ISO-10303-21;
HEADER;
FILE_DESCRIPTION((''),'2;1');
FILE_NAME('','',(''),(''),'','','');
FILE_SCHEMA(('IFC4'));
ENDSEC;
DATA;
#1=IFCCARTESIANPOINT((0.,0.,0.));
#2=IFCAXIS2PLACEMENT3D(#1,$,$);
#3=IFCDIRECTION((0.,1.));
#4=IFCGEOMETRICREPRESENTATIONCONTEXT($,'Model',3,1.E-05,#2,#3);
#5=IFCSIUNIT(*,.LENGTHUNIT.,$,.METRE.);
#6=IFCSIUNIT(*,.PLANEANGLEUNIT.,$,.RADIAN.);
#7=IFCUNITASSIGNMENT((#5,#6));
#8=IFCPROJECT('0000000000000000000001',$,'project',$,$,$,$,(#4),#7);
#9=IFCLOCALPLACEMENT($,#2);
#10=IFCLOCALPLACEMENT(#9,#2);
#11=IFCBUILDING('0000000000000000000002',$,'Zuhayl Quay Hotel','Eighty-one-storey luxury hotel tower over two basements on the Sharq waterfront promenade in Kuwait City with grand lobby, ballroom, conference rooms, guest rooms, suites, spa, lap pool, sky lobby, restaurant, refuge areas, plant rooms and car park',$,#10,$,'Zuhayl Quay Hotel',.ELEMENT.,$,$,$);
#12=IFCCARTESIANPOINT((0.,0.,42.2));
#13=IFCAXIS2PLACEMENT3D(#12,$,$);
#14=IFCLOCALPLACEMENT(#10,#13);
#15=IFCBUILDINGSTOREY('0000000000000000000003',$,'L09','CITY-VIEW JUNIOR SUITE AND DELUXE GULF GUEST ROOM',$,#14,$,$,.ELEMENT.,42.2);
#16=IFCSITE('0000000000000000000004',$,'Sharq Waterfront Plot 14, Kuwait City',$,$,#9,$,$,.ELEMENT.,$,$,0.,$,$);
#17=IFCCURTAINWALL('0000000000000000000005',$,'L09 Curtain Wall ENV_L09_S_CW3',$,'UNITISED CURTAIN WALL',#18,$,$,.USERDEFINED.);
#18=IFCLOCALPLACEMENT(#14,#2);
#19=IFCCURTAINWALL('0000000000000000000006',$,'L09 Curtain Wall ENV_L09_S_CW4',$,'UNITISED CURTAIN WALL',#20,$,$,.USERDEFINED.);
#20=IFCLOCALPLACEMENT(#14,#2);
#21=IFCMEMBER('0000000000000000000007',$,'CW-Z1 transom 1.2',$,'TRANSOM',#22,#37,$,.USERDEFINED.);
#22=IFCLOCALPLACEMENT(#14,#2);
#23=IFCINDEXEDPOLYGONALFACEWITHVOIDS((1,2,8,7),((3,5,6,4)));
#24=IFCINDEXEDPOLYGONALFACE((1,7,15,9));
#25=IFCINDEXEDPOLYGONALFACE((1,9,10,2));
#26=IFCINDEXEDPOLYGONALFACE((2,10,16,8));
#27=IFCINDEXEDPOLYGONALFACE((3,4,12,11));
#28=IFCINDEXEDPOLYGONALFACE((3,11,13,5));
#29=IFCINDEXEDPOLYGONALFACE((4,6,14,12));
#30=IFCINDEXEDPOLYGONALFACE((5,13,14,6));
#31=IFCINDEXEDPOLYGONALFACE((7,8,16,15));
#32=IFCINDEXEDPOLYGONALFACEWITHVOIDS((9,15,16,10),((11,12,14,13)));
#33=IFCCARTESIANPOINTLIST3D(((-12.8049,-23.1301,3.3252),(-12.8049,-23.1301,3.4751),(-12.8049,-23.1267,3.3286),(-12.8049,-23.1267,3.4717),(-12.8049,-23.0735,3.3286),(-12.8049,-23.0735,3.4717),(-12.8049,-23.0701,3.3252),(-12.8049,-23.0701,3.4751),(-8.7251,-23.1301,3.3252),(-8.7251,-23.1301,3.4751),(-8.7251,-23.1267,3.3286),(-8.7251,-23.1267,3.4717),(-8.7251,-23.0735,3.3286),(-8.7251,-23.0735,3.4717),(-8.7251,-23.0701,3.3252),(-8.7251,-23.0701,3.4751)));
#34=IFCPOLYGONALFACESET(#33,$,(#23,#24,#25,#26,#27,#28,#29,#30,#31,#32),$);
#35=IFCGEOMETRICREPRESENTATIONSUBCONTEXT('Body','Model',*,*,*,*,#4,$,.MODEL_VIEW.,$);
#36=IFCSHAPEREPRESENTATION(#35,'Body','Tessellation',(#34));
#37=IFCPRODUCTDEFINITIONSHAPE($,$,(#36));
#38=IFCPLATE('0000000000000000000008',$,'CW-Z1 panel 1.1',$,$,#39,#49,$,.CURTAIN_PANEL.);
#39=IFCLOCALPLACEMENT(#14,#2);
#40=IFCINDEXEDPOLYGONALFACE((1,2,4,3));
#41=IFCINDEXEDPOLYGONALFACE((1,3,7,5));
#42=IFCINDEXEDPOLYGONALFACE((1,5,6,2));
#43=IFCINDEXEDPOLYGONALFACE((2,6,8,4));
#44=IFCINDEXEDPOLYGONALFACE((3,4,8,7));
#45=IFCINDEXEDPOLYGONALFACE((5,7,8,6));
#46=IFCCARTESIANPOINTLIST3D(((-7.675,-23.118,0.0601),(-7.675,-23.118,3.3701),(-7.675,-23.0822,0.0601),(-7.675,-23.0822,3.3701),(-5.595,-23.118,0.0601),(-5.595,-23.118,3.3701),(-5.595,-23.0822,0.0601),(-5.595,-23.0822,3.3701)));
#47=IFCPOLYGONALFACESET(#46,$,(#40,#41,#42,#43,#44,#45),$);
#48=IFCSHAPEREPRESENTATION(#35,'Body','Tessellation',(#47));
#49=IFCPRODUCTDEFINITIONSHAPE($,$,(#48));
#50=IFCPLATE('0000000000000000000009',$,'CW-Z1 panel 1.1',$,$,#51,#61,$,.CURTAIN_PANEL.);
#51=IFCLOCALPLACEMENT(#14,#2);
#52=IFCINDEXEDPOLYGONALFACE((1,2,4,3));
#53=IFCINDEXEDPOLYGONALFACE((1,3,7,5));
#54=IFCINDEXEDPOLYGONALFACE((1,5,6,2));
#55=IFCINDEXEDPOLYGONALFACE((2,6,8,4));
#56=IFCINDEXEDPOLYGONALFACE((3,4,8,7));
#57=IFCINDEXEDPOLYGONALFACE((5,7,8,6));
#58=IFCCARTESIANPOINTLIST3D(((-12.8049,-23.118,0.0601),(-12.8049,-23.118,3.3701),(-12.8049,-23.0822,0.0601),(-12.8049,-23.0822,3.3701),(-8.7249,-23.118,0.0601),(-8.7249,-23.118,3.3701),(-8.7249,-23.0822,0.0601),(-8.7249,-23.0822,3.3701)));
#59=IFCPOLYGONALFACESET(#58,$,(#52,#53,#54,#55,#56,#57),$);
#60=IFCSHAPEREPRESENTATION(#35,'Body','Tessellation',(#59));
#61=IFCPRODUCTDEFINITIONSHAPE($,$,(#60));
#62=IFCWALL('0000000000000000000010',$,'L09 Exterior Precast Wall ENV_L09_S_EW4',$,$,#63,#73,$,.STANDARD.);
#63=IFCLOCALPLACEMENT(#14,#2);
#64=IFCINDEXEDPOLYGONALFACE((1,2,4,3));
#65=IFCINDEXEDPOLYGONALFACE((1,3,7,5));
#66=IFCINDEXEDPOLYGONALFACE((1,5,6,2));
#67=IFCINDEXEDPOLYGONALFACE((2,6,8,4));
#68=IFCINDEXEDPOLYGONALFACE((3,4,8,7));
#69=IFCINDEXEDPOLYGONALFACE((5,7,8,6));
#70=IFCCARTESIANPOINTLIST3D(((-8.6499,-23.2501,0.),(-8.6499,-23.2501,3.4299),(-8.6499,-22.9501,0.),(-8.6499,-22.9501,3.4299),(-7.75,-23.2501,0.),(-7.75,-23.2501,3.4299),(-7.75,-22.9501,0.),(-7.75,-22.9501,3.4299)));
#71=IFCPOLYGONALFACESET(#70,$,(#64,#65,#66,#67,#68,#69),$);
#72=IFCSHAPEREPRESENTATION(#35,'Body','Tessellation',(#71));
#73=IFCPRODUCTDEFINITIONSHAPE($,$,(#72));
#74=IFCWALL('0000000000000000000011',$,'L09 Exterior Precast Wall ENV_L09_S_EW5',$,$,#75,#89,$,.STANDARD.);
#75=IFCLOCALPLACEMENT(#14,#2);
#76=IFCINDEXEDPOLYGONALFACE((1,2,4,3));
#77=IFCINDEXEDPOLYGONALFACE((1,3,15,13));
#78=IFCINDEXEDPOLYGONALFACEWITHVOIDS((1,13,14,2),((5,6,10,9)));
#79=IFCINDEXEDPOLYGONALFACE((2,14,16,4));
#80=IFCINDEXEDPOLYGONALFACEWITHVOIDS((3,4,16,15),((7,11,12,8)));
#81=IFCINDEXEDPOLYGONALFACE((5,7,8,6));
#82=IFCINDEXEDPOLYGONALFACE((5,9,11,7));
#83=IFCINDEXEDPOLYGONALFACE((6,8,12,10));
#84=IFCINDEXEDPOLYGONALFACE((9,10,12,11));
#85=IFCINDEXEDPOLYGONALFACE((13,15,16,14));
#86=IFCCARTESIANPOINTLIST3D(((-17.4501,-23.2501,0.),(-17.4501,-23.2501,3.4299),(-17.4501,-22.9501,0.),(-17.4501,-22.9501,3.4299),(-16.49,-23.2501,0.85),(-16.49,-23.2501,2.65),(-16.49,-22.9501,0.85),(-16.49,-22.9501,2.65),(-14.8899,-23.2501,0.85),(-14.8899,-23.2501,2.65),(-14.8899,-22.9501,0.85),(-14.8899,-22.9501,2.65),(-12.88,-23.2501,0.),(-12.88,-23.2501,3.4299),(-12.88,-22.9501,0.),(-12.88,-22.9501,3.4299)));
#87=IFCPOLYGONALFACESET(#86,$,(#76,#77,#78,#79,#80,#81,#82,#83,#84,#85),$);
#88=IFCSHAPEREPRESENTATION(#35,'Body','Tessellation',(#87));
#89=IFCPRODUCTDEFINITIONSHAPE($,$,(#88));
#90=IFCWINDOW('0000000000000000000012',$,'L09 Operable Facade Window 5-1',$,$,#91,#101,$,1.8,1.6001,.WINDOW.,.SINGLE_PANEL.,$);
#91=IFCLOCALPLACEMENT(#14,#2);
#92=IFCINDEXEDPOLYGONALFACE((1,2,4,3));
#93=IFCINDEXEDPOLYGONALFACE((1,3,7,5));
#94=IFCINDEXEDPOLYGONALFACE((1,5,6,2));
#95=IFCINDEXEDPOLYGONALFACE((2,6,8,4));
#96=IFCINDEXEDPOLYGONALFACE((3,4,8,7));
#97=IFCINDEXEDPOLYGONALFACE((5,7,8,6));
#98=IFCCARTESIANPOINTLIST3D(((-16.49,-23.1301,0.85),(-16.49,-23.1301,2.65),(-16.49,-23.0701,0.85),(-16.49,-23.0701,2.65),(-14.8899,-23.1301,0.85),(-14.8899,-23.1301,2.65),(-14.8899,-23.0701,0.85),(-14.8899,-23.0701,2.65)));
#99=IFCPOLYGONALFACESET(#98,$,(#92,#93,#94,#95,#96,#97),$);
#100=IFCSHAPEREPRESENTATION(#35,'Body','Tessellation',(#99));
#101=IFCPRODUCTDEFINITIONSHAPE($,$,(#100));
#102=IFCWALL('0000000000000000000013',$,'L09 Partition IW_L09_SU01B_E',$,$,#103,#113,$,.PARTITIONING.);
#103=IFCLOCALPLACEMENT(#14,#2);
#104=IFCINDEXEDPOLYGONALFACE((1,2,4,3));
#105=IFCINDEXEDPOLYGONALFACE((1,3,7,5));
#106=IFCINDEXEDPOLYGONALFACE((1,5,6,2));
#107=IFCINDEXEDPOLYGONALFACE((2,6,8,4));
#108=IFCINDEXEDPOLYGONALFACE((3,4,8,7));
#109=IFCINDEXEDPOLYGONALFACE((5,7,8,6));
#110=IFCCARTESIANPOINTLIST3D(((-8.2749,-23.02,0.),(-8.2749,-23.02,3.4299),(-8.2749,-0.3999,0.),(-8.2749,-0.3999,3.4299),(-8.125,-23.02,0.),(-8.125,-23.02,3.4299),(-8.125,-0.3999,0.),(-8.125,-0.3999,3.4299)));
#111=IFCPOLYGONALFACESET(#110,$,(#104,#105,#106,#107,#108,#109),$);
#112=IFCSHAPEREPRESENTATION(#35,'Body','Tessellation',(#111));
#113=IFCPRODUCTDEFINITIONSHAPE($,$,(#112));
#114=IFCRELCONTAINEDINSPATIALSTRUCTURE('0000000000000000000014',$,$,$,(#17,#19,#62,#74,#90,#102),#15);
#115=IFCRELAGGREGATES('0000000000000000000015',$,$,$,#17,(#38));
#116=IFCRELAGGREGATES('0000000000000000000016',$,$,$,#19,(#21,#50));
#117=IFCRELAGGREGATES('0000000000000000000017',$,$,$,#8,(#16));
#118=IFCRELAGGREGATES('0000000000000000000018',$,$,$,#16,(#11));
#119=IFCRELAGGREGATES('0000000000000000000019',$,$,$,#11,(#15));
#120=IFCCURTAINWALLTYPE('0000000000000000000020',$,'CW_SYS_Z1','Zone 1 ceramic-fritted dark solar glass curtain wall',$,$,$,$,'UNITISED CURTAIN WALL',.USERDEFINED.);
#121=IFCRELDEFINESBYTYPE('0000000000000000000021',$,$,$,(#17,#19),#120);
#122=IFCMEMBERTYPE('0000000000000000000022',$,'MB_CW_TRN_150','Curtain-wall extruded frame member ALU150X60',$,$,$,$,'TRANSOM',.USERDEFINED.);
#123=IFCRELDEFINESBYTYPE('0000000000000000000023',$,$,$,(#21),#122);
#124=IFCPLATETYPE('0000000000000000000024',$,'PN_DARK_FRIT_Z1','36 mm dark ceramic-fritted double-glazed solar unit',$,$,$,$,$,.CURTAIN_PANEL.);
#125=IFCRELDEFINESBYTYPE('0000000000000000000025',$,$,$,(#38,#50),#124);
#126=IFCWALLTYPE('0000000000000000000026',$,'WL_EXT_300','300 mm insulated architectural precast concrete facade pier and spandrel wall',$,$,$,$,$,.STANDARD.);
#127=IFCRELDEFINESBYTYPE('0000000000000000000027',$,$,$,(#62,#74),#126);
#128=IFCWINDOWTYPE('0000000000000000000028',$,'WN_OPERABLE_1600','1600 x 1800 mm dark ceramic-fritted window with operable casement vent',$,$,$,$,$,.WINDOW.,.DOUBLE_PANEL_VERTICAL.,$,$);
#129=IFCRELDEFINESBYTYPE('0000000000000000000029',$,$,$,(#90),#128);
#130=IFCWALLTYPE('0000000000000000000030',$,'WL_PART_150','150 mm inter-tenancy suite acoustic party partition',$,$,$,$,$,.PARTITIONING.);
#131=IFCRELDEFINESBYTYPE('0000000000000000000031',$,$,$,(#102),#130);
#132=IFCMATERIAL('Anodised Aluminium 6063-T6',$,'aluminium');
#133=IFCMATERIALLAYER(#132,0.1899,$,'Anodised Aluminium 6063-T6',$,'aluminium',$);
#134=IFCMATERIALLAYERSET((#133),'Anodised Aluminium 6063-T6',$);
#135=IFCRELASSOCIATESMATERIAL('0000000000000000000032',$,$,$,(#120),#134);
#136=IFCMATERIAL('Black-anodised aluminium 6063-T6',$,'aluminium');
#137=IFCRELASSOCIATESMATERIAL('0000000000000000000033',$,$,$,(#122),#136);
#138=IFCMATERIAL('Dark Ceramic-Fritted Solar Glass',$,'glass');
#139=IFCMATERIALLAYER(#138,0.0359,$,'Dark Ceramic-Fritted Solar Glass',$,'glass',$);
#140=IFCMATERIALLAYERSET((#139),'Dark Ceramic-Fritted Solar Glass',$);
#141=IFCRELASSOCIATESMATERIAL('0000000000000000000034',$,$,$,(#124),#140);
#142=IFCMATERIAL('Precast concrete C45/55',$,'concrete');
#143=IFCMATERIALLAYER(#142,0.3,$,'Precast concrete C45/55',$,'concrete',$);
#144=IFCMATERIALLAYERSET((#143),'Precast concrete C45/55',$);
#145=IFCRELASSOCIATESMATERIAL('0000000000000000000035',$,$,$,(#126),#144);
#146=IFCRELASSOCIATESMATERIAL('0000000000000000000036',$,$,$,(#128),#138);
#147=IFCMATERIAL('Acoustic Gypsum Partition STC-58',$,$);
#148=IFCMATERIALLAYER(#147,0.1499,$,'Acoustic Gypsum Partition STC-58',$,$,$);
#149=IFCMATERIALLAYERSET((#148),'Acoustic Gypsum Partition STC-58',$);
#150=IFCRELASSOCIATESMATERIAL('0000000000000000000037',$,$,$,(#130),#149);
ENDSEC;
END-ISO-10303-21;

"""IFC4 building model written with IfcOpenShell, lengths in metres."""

from ifc_helpers import new_model, si_unit, direction, frame, frame_2d, origin, origin_2d, place, context, subcontext, project, spatial, rectangle, hollow_rectangle, extrude, material, layer, layer_set, material_profile, profile_set, type_object, element, fill, aggregate, save


model = new_model("IFC4")

# Units and contexts
model_context = context("Model", 3, precision=1e-05, world=origin(), true_north=direction((0.0, 1.0)))
body_context = subcontext(model_context, "Body", "Model", "MODEL_VIEW")
ifc_project = project(units=[si_unit("LENGTHUNIT", "METRE"), si_unit("PLANEANGLEUNIT", "RADIAN")], contexts=[model_context])

# Site, building, storey
site_placement = place(None, origin())
site = spatial("IfcSite", under=ifc_project, at=site_placement, Name="Sharq Waterfront Plot 14, Kuwait City", CompositionType="ELEMENT", RefElevation=0.0)
building_placement = place(site_placement, origin())
building = spatial("IfcBuilding", under=site, at=building_placement, Name="Zuhayl Quay Hotel", Description="Eighty-one-storey luxury hotel tower over two basements on the Sharq waterfront promenade in Kuwait City with grand lobby, ballroom, conference rooms, guest rooms, suites, spa, lap pool, sky lobby, restaurant, refuge areas, plant rooms and car park", LongName="Zuhayl Quay Hotel", CompositionType="ELEMENT")
storey_placement = place(building_placement, frame((0.0, 0.0, 42.2)))
storey = spatial("IfcBuildingStorey", under=building, at=storey_placement, Name="L09", Description="CITY-VIEW JUNIOR SUITE AND DELUXE GULF GUEST ROOM", CompositionType="ELEMENT", Elevation=42.2)

# Curtain walls
ifc_material_1 = material(Name="Anodised Aluminium 6063-T6", Category="aluminium")
ifc_layer_1 = layer(ifc_material_1, 0.1899, Name="Anodised Aluminium 6063-T6", Category="aluminium")
ifc_layer_set_1 = layer_set([ifc_layer_1], Name="Anodised Aluminium 6063-T6")
curtain_wall_type = type_object("IfcCurtainWallType", Name="CW_SYS_Z1", Description="Zone 1 ceramic-fritted dark solar glass curtain wall", ElementType="UNITISED CURTAIN WALL", PredefinedType="USERDEFINED", material=ifc_layer_set_1)
curtain_wall_1_placement = place(storey_placement, origin())
curtain_wall_1 = element("IfcCurtainWall", 1, at=curtain_wall_1_placement, inside=storey, type_object=curtain_wall_type, Name="L09 Curtain Wall ENV_L09_S_CW3", ObjectType="UNITISED CURTAIN WALL", PredefinedType="USERDEFINED")
ifc_material_2 = material(Name="Black-anodised aluminium 6063-T6", Category="aluminium")
curtain_wall_2_placement = place(storey_placement, origin())
curtain_wall_2 = element("IfcCurtainWall", 2, at=curtain_wall_2_placement, inside=storey, type_object=curtain_wall_type, Name="L09 Curtain Wall ENV_L09_S_CW4", ObjectType="UNITISED CURTAIN WALL", PredefinedType="USERDEFINED")

# Member
ifc_material_profile_1 = material_profile(ifc_material_2, hollow_rectangle(XDim=0.0601, YDim=0.1499, WallThickness=0.0034, at=origin_2d()), Name="ALU150X60")
ifc_profile_set_1 = profile_set([ifc_material_profile_1], Name="Black-anodised aluminium 6063-T6")
member_type_1 = type_object("IfcMemberType", Name="MB_CW_TRN_150", Description="Curtain-wall extruded frame member ALU150X60", ElementType="TRANSOM", PredefinedType="USERDEFINED", material=ifc_profile_set_1)
member_1_placement = place(storey_placement, frame((-8.7251, -23.1001, 3.4001), z_axis=(-1.0, 0.0, 0.0), x_axis=(0.0, -1.0, 0.0)))
member_1 = element("IfcMember", 3, at=member_1_placement, type_object=member_type_1, Name="CW-Z1 transom 1.2", ObjectType="TRANSOM", PredefinedType="USERDEFINED", context=body_context, shape_type="SweptSolid", body=[
    extrude(hollow_rectangle(XDim=0.0601, YDim=0.1499, WallThickness=0.0034, at=origin_2d()), origin(), (0.0, 0.0, 1.0), 4.0798),
])

# Plates
ifc_material_3 = material(Name="Dark Ceramic-Fritted Solar Glass", Category="glass")
ifc_layer_2 = layer(ifc_material_3, 0.0359, Name="Dark Ceramic-Fritted Solar Glass", Category="glass")
ifc_layer_set_2 = layer_set([ifc_layer_2], Name="Dark Ceramic-Fritted Solar Glass")
plate_type = type_object("IfcPlateType", Name="PN_DARK_FRIT_Z1", Description="36 mm dark ceramic-fritted double-glazed solar unit", PredefinedType="CURTAIN_PANEL", material=ifc_layer_set_2)
plate_1_placement = place(storey_placement, frame((-6.635, -23.1001, 0.0601), z_axis=(0.0, 0.0, 1.0), x_axis=(-1.0, 0.0, 0.0)))
plate_1 = element("IfcPlate", 4, at=plate_1_placement, type_object=plate_type, Name="CW-Z1 panel 1.1", PredefinedType="CURTAIN_PANEL", context=body_context, shape_type="SweptSolid", body=[
    extrude(rectangle(XDim=2.0801, YDim=0.0359, at=origin_2d()), origin(), (0.0, 0.0, 1.0), 3.3101),
])
aggregate(curtain_wall_1, [plate_1])
plate_2_placement = place(storey_placement, frame((-10.7649, -23.1001, 0.0601), z_axis=(0.0, 0.0, 1.0), x_axis=(-1.0, 0.0, 0.0)))
plate_2 = element("IfcPlate", 5, at=plate_2_placement, type_object=plate_type, Name="CW-Z1 panel 1.1", PredefinedType="CURTAIN_PANEL", context=body_context, shape_type="SweptSolid", body=[
    extrude(rectangle(XDim=4.0801, YDim=0.0359, at=origin_2d()), origin(), (0.0, 0.0, 1.0), 3.3101),
])
aggregate(curtain_wall_2, [member_1, plate_2])

# Wall
ifc_material_4 = material(Name="Precast concrete C45/55", Category="concrete")
ifc_layer_3 = layer(ifc_material_4, 0.3, Name="Precast concrete C45/55", Category="concrete")
ifc_layer_set_3 = layer_set([ifc_layer_3], Name="Precast concrete C45/55")
wall_type_1 = type_object("IfcWallType", Name="WL_EXT_300", Description="300 mm insulated architectural precast concrete facade pier and spandrel wall", PredefinedType="STANDARD", material=ifc_layer_set_3)
wall_1_placement = place(storey_placement, frame((-7.75, -23.1001, 0.0), z_axis=(0.0, 0.0, 1.0), x_axis=(-1.0, 0.0, 0.0)))
element("IfcWall", 6, at=wall_1_placement, inside=storey, type_object=wall_type_1, Name="L09 Exterior Precast Wall ENV_L09_S_EW4", PredefinedType="STANDARD", context=body_context, shape_type="SweptSolid", body=[
    extrude(rectangle(XDim=0.8999, YDim=0.3, at=frame_2d((0.45, 0.0))), origin(), (0.0, 0.0, 1.0), 3.4299),
])

# Wall, opening, window
wall_2_placement = place(storey_placement, frame((-12.8799, -23.1001, 0.0), z_axis=(0.0, 0.0, 1.0), x_axis=(-1.0, 0.0, 0.0)))
wall_2 = element("IfcWall", 7, at=wall_2_placement, inside=storey, type_object=wall_type_1, Name="L09 Exterior Precast Wall ENV_L09_S_EW5", PredefinedType="STANDARD", context=body_context, shape_type="SweptSolid", body=[
    extrude(rectangle(XDim=4.5701, YDim=0.3, at=frame_2d((2.2852, 0.0))), origin(), (0.0, 0.0, 1.0), 3.4299),
])
opening_placement = place(wall_2_placement, frame((2.01, 0.0, 0.8501)))
opening = element("IfcOpeningElement", 8, at=opening_placement, cuts=wall_2, PredefinedType="OPENING", context=body_context, shape_type="SweptSolid", body=[
    extrude(rectangle(XDim=1.6001, YDim=1.8, at=frame_2d((0.8, 0.8999))), frame((0.0, 0.1599, 0.0), z_axis=(0.0, -1.0, 0.0), x_axis=(1.0, 0.0, 0.0)), (0.0, 0.0, 1.0), 0.3201),
])
window_type = type_object("IfcWindowType", Name="WN_OPERABLE_1600", Description="1600 x 1800 mm dark ceramic-fritted window with operable casement vent", PartitioningType="DOUBLE_PANEL_VERTICAL", PredefinedType="WINDOW", material=ifc_material_3)
window_placement = place(opening_placement, origin())
window = element("IfcWindow", 9, at=window_placement, inside=storey, type_object=window_type, Name="L09 Operable Facade Window 5-1", OverallHeight=1.8, OverallWidth=1.6001, PartitioningType="SINGLE_PANEL", PredefinedType="WINDOW", context=body_context, shape_type="SweptSolid", body=[
    extrude(rectangle(XDim=1.6001, YDim=1.8, at=frame_2d((0.8, 0.8999))), frame((0.0, 0.03, 0.0), z_axis=(0.0, -1.0, 0.0), x_axis=(1.0, 0.0, 0.0)), (0.0, 0.0, 1.0), 0.0601),
])
fill(opening, window)

# Wall
ifc_material_5 = material(Name="Acoustic Gypsum Partition STC-58")
ifc_layer_4 = layer(ifc_material_5, 0.1499, Name="Acoustic Gypsum Partition STC-58")
ifc_layer_set_4 = layer_set([ifc_layer_4], Name="Acoustic Gypsum Partition STC-58")
wall_type_2 = type_object("IfcWallType", Name="WL_PART_150", Description="150 mm inter-tenancy suite acoustic party partition", PredefinedType="PARTITIONING", material=ifc_layer_set_4)
wall_3_placement = place(storey_placement, frame((-8.2, -23.02, 0.0), z_axis=(0.0, 0.0, 1.0), x_axis=(0.0, 1.0, 0.0)))
element("IfcWall", 10, at=wall_3_placement, inside=storey, type_object=wall_type_2, Name="L09 Partition IW_L09_SU01B_E", PredefinedType="PARTITIONING", context=body_context, shape_type="SweptSolid", body=[
    extrude(rectangle(XDim=22.6201, YDim=0.1499, at=frame_2d((11.3101, 0.0))), origin(), (0.0, 0.0, 1.0), 3.4299),
])

save(model, "model.ifc")
